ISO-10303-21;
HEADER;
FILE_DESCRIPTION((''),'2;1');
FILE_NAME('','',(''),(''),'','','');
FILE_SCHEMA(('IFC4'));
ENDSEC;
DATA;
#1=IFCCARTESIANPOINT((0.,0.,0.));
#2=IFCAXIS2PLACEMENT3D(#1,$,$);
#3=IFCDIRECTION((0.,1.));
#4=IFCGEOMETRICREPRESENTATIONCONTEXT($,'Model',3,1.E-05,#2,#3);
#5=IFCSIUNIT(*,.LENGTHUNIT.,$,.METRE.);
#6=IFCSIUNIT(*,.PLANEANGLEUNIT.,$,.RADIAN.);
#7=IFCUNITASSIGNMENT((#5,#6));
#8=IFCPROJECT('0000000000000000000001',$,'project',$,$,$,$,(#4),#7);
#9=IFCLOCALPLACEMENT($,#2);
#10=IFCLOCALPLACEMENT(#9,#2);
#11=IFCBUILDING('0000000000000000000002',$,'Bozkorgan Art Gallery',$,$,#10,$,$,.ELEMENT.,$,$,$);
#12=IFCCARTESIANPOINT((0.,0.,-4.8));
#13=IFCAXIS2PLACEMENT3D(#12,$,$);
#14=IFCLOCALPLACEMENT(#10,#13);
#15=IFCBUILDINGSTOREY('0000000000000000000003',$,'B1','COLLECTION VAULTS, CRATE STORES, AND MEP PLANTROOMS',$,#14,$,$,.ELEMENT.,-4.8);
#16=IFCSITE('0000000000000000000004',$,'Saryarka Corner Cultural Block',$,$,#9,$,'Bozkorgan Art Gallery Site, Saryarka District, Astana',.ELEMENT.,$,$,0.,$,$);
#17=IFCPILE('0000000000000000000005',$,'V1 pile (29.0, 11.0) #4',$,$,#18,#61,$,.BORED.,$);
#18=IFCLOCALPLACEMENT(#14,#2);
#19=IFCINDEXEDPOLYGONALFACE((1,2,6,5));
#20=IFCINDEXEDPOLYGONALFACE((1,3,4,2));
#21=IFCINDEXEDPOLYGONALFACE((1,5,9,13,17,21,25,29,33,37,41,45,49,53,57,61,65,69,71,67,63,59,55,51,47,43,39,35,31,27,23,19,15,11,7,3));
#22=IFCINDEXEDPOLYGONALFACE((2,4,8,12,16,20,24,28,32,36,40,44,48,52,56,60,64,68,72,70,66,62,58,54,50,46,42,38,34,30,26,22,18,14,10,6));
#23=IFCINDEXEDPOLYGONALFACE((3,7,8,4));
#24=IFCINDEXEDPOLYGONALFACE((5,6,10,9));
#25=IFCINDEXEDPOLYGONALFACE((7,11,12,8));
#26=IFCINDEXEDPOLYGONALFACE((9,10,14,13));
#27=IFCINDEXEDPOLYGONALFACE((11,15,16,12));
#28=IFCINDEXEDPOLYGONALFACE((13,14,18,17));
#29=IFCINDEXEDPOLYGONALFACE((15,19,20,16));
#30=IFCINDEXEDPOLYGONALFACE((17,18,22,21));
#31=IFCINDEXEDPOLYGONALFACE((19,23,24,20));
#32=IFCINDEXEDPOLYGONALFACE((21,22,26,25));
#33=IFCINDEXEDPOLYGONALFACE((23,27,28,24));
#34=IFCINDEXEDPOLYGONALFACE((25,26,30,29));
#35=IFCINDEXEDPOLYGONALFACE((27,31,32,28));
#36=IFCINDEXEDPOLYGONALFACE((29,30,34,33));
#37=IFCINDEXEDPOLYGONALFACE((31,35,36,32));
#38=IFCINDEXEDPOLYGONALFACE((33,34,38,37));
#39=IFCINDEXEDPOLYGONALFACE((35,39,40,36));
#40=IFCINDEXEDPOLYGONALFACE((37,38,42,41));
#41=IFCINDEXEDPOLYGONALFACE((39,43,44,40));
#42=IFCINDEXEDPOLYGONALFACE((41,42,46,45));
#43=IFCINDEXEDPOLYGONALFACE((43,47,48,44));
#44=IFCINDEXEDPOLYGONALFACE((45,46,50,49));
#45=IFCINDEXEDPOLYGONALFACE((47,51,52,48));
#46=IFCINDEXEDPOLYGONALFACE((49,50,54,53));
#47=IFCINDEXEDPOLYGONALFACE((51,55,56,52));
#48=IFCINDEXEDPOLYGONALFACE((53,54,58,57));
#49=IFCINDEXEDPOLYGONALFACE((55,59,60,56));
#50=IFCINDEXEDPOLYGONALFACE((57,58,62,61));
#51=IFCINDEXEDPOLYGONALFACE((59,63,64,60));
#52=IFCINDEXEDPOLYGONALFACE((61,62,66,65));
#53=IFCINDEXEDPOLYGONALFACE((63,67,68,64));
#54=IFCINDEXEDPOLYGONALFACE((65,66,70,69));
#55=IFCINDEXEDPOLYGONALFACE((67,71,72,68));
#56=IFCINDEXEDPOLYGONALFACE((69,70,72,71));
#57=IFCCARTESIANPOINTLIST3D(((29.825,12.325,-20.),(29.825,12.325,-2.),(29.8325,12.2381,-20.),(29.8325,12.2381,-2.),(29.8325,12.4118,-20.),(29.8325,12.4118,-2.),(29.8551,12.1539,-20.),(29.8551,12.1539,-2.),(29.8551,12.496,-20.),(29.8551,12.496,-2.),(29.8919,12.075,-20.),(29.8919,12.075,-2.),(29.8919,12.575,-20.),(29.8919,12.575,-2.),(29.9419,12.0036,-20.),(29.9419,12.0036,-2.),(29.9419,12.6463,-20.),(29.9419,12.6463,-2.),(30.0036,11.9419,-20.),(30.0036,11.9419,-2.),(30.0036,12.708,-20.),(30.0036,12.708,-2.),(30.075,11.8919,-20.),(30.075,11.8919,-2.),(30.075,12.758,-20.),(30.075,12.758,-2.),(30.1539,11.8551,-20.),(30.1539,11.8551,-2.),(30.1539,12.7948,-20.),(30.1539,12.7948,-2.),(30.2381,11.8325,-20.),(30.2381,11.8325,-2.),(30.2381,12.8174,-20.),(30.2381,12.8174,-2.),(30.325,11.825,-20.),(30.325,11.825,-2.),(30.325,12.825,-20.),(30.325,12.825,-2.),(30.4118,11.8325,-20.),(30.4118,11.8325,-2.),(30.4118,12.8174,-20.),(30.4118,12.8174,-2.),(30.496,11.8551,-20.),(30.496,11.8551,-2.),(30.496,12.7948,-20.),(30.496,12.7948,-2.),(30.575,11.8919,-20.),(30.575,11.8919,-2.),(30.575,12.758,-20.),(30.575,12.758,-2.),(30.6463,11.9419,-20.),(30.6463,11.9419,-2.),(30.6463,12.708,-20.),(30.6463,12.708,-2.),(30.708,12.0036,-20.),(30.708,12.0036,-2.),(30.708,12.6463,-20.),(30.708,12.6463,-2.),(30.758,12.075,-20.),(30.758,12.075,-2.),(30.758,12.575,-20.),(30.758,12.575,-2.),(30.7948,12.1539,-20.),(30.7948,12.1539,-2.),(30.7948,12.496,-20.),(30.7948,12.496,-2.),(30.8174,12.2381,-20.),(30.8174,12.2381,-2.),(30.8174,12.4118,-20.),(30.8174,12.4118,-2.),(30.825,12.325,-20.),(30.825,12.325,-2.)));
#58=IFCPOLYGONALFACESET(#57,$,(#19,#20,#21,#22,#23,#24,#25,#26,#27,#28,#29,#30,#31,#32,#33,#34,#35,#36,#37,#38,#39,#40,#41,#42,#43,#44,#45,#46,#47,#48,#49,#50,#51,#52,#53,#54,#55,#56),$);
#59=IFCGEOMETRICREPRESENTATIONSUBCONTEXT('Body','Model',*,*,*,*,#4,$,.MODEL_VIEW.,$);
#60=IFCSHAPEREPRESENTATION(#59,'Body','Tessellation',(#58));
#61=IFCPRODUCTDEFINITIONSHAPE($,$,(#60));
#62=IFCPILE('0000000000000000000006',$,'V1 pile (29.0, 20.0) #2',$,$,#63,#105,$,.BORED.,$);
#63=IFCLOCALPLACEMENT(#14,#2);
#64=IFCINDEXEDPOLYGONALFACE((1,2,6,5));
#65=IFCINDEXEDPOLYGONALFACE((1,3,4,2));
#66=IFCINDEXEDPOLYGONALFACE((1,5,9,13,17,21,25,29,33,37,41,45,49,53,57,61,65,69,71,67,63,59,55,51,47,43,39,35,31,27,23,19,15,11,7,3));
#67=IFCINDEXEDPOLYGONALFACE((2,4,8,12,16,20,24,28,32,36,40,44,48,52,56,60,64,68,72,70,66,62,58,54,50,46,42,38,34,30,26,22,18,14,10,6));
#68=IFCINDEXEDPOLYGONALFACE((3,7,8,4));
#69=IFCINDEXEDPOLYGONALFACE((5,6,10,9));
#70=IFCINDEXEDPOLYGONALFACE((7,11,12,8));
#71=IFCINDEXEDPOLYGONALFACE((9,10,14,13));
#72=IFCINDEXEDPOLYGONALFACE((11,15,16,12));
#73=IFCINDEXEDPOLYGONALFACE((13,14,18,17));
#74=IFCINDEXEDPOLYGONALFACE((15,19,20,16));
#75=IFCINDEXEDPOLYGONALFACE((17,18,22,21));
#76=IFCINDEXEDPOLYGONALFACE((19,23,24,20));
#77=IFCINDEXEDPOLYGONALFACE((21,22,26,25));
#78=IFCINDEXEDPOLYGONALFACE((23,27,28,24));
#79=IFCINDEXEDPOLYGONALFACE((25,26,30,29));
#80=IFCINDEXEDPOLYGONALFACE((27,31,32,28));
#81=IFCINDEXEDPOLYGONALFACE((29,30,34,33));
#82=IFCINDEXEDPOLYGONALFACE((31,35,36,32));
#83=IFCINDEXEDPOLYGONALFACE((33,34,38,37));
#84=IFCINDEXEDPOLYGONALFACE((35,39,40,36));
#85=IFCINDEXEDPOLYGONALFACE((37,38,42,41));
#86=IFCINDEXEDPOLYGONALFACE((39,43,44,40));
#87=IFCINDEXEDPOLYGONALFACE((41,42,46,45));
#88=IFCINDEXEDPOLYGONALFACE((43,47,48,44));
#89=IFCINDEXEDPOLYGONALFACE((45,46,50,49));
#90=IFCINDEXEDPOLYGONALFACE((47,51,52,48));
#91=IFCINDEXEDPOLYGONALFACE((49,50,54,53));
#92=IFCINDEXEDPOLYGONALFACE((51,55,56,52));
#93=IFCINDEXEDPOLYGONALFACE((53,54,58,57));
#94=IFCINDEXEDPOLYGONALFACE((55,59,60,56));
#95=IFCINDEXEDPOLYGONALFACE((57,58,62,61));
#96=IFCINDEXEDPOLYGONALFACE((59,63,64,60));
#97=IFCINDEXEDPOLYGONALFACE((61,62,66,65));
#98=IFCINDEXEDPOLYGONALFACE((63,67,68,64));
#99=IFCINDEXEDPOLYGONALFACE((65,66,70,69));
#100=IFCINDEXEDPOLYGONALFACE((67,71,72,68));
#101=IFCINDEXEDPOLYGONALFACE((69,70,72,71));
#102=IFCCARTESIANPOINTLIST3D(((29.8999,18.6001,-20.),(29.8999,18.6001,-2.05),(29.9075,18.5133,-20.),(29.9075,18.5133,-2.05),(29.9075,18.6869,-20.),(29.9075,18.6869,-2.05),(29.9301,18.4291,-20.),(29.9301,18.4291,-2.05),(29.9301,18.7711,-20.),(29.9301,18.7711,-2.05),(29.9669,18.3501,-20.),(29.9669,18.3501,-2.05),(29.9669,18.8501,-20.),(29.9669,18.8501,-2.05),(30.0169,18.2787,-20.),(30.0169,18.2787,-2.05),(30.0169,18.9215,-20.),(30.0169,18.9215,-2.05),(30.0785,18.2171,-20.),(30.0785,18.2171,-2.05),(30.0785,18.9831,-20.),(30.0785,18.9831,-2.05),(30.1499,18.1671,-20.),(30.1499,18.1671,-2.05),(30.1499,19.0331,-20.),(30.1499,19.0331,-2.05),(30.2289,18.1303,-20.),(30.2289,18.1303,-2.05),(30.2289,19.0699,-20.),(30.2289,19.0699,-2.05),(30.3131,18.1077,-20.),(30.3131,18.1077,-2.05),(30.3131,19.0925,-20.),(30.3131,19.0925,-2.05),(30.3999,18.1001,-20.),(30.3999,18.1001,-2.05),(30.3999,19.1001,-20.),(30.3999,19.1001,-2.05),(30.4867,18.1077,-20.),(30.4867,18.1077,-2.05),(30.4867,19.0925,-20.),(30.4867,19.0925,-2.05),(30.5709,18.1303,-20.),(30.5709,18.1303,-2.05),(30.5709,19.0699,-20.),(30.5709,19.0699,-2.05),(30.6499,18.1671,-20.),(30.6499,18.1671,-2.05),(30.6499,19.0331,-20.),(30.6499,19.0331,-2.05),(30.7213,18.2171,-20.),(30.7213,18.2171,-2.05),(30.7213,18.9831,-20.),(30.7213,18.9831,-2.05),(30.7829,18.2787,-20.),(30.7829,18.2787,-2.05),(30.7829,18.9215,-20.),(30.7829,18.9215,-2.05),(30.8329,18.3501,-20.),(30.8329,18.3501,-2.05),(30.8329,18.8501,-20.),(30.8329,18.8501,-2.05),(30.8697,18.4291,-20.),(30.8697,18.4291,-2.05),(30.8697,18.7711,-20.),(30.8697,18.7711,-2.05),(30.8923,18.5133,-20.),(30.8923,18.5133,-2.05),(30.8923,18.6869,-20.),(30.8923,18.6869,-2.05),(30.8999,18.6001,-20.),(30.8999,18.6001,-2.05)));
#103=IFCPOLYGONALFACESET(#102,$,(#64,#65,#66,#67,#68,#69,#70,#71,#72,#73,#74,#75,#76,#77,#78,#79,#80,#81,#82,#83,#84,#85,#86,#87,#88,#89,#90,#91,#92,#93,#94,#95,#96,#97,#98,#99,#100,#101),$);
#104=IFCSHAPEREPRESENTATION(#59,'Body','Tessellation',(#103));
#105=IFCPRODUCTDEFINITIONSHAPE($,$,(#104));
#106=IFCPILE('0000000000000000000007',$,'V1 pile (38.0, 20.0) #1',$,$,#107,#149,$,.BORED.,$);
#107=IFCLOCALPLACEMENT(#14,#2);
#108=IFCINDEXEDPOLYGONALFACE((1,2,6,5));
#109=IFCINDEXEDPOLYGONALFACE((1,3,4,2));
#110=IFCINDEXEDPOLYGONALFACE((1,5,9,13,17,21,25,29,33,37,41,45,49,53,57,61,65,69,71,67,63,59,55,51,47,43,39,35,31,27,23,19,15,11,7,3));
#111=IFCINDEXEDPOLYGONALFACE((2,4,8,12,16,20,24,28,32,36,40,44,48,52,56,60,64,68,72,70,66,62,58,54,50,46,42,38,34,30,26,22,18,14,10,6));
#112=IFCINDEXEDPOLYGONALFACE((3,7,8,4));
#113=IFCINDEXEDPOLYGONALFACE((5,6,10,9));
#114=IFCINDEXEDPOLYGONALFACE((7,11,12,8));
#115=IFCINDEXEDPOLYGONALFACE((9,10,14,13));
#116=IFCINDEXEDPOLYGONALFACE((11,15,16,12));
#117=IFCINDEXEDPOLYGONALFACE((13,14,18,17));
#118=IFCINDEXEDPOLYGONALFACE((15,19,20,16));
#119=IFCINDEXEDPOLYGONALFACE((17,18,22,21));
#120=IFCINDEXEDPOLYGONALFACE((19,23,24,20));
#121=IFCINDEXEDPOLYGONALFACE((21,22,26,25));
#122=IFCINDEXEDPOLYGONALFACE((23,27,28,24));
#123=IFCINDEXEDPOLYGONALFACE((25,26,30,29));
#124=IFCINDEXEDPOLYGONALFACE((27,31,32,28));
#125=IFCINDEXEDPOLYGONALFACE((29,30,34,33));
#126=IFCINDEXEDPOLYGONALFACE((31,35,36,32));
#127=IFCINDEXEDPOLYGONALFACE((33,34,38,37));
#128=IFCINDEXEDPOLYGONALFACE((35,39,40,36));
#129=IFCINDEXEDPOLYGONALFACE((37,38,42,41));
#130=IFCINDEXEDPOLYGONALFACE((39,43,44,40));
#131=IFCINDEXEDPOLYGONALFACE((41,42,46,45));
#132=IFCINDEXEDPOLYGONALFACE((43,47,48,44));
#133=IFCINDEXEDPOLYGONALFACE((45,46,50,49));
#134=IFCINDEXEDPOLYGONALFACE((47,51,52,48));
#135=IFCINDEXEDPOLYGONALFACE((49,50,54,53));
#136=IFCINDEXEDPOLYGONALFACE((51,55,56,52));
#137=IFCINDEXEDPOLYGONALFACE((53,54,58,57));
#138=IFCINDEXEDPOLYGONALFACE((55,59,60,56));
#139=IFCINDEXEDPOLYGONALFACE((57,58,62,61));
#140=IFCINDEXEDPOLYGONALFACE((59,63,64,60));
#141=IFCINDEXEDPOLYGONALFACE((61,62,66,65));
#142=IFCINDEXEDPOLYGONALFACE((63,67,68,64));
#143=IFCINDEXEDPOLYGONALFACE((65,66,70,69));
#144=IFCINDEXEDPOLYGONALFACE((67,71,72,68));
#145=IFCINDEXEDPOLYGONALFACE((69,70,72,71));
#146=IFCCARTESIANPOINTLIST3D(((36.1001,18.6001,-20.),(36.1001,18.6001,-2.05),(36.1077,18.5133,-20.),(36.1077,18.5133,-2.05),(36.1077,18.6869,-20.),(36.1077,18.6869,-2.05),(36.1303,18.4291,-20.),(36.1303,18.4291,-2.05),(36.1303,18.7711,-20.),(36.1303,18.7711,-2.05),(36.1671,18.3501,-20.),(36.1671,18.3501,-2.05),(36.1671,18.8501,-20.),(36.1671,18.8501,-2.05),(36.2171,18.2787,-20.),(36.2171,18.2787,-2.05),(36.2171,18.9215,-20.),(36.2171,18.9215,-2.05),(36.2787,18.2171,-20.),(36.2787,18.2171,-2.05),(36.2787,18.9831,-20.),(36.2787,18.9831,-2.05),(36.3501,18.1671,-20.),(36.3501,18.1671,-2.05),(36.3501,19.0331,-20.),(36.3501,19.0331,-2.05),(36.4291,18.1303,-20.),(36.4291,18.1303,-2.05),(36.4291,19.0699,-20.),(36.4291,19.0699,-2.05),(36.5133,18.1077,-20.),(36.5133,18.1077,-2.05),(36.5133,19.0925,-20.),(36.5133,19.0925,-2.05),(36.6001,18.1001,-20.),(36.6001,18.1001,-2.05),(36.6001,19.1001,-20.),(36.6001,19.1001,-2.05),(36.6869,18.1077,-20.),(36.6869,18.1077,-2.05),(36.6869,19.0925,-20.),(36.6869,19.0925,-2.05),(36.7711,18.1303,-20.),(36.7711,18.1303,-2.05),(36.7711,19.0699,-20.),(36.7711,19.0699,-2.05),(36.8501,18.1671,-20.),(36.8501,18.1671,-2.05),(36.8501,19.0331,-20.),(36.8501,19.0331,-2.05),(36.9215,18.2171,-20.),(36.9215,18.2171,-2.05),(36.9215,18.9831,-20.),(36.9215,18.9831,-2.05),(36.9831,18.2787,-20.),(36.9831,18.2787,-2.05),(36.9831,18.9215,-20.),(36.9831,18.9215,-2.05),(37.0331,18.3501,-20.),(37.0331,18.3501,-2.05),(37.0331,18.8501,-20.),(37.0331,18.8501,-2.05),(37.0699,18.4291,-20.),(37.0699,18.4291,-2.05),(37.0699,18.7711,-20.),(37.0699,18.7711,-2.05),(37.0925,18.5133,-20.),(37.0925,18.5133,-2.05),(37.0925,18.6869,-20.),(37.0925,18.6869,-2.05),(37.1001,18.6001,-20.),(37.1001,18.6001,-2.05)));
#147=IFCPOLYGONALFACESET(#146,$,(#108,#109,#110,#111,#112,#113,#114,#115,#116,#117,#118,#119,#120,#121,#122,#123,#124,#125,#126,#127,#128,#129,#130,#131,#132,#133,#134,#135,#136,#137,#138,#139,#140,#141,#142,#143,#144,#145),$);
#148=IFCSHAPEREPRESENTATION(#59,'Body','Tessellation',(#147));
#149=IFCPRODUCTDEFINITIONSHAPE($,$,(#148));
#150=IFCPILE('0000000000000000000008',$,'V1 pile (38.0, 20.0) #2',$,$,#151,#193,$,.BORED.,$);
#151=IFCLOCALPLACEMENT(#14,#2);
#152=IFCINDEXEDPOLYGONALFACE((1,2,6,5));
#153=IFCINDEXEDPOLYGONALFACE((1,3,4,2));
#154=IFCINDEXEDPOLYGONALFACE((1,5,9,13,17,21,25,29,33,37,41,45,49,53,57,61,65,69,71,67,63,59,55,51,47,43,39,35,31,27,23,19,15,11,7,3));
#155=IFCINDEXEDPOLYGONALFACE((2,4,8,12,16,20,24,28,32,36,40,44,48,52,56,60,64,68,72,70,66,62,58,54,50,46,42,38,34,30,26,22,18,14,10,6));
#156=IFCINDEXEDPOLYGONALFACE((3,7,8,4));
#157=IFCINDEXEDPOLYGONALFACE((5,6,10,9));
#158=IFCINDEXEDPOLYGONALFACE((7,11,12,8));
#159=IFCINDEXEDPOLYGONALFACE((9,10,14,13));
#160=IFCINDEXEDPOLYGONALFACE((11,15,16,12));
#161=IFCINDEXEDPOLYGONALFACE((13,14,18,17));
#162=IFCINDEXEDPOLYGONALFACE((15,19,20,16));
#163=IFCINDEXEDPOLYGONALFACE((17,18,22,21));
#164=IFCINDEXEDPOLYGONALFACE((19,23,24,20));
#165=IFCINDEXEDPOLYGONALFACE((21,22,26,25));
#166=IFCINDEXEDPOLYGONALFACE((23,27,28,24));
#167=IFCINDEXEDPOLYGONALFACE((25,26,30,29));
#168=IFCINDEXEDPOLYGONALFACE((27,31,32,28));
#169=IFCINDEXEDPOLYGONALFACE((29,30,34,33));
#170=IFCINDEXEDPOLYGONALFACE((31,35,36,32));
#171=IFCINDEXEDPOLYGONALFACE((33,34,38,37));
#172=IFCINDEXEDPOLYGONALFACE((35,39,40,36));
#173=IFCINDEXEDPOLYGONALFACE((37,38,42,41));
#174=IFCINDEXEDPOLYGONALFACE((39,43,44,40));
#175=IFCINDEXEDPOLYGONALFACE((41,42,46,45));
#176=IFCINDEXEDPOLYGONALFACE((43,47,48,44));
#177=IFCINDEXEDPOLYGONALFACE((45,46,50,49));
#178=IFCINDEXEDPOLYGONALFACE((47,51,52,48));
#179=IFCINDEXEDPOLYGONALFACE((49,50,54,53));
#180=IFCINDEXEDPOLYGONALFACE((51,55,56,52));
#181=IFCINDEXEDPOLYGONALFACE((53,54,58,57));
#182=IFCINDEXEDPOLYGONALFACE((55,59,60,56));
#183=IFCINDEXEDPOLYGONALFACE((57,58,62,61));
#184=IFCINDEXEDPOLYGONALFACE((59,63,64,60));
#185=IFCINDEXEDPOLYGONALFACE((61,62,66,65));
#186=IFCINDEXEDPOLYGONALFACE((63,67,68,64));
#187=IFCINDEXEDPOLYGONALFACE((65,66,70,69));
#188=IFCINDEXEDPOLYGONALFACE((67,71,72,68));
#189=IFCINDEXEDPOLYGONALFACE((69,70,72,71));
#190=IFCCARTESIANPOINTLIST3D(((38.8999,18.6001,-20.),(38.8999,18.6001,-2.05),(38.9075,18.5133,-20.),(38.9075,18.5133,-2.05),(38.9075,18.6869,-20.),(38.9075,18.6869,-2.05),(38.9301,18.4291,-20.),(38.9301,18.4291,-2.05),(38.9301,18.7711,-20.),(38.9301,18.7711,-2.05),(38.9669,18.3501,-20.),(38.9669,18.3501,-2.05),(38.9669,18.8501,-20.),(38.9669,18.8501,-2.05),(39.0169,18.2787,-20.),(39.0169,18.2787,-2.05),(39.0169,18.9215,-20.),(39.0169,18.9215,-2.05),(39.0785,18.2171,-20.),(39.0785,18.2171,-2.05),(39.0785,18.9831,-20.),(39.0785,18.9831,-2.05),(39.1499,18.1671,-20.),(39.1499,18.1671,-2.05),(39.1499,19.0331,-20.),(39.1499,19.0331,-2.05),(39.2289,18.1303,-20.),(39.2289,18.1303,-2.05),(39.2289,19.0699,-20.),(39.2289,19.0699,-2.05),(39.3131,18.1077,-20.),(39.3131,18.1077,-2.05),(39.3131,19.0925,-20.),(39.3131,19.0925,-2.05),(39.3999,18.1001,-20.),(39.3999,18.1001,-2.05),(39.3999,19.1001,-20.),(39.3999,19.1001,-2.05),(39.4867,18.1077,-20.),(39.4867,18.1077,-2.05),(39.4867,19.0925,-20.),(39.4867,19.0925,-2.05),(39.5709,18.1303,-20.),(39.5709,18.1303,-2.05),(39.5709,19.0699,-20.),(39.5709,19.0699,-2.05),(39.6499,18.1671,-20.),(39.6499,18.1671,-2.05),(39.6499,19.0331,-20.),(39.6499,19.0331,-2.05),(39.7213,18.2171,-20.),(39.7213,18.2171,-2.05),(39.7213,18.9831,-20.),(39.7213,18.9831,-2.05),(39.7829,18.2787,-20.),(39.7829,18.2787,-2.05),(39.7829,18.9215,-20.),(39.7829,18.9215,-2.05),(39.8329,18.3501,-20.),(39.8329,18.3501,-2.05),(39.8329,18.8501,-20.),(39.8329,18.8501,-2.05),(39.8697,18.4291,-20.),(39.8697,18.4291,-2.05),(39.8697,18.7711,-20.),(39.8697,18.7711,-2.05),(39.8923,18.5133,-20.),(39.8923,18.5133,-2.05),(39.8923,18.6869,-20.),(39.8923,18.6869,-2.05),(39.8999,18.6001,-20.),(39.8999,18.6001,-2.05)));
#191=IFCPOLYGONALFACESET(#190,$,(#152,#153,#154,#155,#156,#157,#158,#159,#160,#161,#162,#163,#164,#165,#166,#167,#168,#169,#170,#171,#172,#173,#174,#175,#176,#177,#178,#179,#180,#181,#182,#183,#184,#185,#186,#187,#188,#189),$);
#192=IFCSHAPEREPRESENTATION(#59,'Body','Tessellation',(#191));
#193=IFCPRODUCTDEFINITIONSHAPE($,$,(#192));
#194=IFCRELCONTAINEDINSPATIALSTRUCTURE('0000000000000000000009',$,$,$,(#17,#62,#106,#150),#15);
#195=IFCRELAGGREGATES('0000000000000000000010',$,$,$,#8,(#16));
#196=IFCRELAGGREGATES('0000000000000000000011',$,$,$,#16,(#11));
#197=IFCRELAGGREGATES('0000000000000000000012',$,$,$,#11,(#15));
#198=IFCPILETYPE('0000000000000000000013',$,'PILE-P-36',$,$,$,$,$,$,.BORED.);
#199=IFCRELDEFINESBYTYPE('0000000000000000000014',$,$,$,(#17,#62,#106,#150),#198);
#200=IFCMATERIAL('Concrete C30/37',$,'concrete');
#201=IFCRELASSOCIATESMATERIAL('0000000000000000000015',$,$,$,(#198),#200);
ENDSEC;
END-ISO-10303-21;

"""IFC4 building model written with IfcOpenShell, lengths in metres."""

from ifc_helpers import new_model, si_unit, direction, frame, origin, origin_2d, place, context, subcontext, project, spatial, circle, extrude, material, material_profile, profile_set, type_object, element, save


model = new_model("IFC4")

# Units and contexts
model_context = context("Model", 3, precision=1e-05, world=origin(), true_north=direction((0.0, 1.0)))
body_context = subcontext(model_context, "Body", "Model", "MODEL_VIEW")
ifc_project = project(units=[si_unit("LENGTHUNIT", "METRE"), si_unit("PLANEANGLEUNIT", "RADIAN")], contexts=[model_context])

# Site, building, storey
site_placement = place(None, origin())
site = spatial("IfcSite", under=ifc_project, at=site_placement, Name="Saryarka Corner Cultural Block", LongName="Bozkorgan Art Gallery Site, Saryarka District, Astana", CompositionType="ELEMENT", RefElevation=0.0)
building_placement = place(site_placement, origin())
building = spatial("IfcBuilding", under=site, at=building_placement, Name="Bozkorgan Art Gallery", CompositionType="ELEMENT")
storey_placement = place(building_placement, frame((0.0, 0.0, -4.8)))
storey = spatial("IfcBuildingStorey", under=building, at=storey_placement, Name="B1", Description="COLLECTION VAULTS, CRATE STORES, AND MEP PLANTROOMS", CompositionType="ELEMENT", Elevation=-4.8)

# Shared definitions
ifc_material_1 = material(Name="Concrete C30/37", Category="concrete")

# Piles
ifc_material_profile_1 = material_profile(ifc_material_1, circle(Radius=0.5, at=origin_2d()), Name="PILE D1000")
ifc_profile_set_1 = profile_set([ifc_material_profile_1], Name="Concrete C30/37")
pile_type = type_object("IfcPileType", Name="PILE-P-36", PredefinedType="BORED", material=ifc_profile_set_1)
for number, where, z_axis, x_axis, name in (
    (1, (30.325, 12.325, -2.0), (0.0, 0.0, -1.0), (1.0, 0.0, 0.0), "V1 pile (29.0, 11.0) #4"),
):
    element("IfcPile", number, at=place(storey_placement, frame(where, z_axis=z_axis, x_axis=x_axis)), inside=storey, type_object=pile_type, Name=name, PredefinedType="BORED", context=body_context, shape_type="SweptSolid", body=[
        extrude(circle(Radius=0.5, at=origin_2d()), origin(), (0.0, 0.0, 1.0), 18.0),
    ])
for number, where, z_axis, x_axis, name in (
    (2, (30.3999, 18.6001, -2.05), (0.0, 0.0, -1.0), (1.0, 0.0, 0.0), "V1 pile (29.0, 20.0) #2"),
    (3, (36.6001, 18.6001, -2.05), (0.0, 0.0, -1.0), (1.0, 0.0, 0.0), "V1 pile (38.0, 20.0) #1"),
    (4, (39.3999, 18.6001, -2.05), (0.0, 0.0, -1.0), (1.0, 0.0, 0.0), "V1 pile (38.0, 20.0) #2"),
):
    element("IfcPile", number, at=place(storey_placement, frame(where, z_axis=z_axis, x_axis=x_axis)), inside=storey, type_object=pile_type, Name=name, PredefinedType="BORED", context=body_context, shape_type="SweptSolid", body=[
        extrude(circle(Radius=0.5, at=origin_2d()), origin(), (0.0, 0.0, 1.0), 17.95),
    ])

save(model, "model.ifc")
